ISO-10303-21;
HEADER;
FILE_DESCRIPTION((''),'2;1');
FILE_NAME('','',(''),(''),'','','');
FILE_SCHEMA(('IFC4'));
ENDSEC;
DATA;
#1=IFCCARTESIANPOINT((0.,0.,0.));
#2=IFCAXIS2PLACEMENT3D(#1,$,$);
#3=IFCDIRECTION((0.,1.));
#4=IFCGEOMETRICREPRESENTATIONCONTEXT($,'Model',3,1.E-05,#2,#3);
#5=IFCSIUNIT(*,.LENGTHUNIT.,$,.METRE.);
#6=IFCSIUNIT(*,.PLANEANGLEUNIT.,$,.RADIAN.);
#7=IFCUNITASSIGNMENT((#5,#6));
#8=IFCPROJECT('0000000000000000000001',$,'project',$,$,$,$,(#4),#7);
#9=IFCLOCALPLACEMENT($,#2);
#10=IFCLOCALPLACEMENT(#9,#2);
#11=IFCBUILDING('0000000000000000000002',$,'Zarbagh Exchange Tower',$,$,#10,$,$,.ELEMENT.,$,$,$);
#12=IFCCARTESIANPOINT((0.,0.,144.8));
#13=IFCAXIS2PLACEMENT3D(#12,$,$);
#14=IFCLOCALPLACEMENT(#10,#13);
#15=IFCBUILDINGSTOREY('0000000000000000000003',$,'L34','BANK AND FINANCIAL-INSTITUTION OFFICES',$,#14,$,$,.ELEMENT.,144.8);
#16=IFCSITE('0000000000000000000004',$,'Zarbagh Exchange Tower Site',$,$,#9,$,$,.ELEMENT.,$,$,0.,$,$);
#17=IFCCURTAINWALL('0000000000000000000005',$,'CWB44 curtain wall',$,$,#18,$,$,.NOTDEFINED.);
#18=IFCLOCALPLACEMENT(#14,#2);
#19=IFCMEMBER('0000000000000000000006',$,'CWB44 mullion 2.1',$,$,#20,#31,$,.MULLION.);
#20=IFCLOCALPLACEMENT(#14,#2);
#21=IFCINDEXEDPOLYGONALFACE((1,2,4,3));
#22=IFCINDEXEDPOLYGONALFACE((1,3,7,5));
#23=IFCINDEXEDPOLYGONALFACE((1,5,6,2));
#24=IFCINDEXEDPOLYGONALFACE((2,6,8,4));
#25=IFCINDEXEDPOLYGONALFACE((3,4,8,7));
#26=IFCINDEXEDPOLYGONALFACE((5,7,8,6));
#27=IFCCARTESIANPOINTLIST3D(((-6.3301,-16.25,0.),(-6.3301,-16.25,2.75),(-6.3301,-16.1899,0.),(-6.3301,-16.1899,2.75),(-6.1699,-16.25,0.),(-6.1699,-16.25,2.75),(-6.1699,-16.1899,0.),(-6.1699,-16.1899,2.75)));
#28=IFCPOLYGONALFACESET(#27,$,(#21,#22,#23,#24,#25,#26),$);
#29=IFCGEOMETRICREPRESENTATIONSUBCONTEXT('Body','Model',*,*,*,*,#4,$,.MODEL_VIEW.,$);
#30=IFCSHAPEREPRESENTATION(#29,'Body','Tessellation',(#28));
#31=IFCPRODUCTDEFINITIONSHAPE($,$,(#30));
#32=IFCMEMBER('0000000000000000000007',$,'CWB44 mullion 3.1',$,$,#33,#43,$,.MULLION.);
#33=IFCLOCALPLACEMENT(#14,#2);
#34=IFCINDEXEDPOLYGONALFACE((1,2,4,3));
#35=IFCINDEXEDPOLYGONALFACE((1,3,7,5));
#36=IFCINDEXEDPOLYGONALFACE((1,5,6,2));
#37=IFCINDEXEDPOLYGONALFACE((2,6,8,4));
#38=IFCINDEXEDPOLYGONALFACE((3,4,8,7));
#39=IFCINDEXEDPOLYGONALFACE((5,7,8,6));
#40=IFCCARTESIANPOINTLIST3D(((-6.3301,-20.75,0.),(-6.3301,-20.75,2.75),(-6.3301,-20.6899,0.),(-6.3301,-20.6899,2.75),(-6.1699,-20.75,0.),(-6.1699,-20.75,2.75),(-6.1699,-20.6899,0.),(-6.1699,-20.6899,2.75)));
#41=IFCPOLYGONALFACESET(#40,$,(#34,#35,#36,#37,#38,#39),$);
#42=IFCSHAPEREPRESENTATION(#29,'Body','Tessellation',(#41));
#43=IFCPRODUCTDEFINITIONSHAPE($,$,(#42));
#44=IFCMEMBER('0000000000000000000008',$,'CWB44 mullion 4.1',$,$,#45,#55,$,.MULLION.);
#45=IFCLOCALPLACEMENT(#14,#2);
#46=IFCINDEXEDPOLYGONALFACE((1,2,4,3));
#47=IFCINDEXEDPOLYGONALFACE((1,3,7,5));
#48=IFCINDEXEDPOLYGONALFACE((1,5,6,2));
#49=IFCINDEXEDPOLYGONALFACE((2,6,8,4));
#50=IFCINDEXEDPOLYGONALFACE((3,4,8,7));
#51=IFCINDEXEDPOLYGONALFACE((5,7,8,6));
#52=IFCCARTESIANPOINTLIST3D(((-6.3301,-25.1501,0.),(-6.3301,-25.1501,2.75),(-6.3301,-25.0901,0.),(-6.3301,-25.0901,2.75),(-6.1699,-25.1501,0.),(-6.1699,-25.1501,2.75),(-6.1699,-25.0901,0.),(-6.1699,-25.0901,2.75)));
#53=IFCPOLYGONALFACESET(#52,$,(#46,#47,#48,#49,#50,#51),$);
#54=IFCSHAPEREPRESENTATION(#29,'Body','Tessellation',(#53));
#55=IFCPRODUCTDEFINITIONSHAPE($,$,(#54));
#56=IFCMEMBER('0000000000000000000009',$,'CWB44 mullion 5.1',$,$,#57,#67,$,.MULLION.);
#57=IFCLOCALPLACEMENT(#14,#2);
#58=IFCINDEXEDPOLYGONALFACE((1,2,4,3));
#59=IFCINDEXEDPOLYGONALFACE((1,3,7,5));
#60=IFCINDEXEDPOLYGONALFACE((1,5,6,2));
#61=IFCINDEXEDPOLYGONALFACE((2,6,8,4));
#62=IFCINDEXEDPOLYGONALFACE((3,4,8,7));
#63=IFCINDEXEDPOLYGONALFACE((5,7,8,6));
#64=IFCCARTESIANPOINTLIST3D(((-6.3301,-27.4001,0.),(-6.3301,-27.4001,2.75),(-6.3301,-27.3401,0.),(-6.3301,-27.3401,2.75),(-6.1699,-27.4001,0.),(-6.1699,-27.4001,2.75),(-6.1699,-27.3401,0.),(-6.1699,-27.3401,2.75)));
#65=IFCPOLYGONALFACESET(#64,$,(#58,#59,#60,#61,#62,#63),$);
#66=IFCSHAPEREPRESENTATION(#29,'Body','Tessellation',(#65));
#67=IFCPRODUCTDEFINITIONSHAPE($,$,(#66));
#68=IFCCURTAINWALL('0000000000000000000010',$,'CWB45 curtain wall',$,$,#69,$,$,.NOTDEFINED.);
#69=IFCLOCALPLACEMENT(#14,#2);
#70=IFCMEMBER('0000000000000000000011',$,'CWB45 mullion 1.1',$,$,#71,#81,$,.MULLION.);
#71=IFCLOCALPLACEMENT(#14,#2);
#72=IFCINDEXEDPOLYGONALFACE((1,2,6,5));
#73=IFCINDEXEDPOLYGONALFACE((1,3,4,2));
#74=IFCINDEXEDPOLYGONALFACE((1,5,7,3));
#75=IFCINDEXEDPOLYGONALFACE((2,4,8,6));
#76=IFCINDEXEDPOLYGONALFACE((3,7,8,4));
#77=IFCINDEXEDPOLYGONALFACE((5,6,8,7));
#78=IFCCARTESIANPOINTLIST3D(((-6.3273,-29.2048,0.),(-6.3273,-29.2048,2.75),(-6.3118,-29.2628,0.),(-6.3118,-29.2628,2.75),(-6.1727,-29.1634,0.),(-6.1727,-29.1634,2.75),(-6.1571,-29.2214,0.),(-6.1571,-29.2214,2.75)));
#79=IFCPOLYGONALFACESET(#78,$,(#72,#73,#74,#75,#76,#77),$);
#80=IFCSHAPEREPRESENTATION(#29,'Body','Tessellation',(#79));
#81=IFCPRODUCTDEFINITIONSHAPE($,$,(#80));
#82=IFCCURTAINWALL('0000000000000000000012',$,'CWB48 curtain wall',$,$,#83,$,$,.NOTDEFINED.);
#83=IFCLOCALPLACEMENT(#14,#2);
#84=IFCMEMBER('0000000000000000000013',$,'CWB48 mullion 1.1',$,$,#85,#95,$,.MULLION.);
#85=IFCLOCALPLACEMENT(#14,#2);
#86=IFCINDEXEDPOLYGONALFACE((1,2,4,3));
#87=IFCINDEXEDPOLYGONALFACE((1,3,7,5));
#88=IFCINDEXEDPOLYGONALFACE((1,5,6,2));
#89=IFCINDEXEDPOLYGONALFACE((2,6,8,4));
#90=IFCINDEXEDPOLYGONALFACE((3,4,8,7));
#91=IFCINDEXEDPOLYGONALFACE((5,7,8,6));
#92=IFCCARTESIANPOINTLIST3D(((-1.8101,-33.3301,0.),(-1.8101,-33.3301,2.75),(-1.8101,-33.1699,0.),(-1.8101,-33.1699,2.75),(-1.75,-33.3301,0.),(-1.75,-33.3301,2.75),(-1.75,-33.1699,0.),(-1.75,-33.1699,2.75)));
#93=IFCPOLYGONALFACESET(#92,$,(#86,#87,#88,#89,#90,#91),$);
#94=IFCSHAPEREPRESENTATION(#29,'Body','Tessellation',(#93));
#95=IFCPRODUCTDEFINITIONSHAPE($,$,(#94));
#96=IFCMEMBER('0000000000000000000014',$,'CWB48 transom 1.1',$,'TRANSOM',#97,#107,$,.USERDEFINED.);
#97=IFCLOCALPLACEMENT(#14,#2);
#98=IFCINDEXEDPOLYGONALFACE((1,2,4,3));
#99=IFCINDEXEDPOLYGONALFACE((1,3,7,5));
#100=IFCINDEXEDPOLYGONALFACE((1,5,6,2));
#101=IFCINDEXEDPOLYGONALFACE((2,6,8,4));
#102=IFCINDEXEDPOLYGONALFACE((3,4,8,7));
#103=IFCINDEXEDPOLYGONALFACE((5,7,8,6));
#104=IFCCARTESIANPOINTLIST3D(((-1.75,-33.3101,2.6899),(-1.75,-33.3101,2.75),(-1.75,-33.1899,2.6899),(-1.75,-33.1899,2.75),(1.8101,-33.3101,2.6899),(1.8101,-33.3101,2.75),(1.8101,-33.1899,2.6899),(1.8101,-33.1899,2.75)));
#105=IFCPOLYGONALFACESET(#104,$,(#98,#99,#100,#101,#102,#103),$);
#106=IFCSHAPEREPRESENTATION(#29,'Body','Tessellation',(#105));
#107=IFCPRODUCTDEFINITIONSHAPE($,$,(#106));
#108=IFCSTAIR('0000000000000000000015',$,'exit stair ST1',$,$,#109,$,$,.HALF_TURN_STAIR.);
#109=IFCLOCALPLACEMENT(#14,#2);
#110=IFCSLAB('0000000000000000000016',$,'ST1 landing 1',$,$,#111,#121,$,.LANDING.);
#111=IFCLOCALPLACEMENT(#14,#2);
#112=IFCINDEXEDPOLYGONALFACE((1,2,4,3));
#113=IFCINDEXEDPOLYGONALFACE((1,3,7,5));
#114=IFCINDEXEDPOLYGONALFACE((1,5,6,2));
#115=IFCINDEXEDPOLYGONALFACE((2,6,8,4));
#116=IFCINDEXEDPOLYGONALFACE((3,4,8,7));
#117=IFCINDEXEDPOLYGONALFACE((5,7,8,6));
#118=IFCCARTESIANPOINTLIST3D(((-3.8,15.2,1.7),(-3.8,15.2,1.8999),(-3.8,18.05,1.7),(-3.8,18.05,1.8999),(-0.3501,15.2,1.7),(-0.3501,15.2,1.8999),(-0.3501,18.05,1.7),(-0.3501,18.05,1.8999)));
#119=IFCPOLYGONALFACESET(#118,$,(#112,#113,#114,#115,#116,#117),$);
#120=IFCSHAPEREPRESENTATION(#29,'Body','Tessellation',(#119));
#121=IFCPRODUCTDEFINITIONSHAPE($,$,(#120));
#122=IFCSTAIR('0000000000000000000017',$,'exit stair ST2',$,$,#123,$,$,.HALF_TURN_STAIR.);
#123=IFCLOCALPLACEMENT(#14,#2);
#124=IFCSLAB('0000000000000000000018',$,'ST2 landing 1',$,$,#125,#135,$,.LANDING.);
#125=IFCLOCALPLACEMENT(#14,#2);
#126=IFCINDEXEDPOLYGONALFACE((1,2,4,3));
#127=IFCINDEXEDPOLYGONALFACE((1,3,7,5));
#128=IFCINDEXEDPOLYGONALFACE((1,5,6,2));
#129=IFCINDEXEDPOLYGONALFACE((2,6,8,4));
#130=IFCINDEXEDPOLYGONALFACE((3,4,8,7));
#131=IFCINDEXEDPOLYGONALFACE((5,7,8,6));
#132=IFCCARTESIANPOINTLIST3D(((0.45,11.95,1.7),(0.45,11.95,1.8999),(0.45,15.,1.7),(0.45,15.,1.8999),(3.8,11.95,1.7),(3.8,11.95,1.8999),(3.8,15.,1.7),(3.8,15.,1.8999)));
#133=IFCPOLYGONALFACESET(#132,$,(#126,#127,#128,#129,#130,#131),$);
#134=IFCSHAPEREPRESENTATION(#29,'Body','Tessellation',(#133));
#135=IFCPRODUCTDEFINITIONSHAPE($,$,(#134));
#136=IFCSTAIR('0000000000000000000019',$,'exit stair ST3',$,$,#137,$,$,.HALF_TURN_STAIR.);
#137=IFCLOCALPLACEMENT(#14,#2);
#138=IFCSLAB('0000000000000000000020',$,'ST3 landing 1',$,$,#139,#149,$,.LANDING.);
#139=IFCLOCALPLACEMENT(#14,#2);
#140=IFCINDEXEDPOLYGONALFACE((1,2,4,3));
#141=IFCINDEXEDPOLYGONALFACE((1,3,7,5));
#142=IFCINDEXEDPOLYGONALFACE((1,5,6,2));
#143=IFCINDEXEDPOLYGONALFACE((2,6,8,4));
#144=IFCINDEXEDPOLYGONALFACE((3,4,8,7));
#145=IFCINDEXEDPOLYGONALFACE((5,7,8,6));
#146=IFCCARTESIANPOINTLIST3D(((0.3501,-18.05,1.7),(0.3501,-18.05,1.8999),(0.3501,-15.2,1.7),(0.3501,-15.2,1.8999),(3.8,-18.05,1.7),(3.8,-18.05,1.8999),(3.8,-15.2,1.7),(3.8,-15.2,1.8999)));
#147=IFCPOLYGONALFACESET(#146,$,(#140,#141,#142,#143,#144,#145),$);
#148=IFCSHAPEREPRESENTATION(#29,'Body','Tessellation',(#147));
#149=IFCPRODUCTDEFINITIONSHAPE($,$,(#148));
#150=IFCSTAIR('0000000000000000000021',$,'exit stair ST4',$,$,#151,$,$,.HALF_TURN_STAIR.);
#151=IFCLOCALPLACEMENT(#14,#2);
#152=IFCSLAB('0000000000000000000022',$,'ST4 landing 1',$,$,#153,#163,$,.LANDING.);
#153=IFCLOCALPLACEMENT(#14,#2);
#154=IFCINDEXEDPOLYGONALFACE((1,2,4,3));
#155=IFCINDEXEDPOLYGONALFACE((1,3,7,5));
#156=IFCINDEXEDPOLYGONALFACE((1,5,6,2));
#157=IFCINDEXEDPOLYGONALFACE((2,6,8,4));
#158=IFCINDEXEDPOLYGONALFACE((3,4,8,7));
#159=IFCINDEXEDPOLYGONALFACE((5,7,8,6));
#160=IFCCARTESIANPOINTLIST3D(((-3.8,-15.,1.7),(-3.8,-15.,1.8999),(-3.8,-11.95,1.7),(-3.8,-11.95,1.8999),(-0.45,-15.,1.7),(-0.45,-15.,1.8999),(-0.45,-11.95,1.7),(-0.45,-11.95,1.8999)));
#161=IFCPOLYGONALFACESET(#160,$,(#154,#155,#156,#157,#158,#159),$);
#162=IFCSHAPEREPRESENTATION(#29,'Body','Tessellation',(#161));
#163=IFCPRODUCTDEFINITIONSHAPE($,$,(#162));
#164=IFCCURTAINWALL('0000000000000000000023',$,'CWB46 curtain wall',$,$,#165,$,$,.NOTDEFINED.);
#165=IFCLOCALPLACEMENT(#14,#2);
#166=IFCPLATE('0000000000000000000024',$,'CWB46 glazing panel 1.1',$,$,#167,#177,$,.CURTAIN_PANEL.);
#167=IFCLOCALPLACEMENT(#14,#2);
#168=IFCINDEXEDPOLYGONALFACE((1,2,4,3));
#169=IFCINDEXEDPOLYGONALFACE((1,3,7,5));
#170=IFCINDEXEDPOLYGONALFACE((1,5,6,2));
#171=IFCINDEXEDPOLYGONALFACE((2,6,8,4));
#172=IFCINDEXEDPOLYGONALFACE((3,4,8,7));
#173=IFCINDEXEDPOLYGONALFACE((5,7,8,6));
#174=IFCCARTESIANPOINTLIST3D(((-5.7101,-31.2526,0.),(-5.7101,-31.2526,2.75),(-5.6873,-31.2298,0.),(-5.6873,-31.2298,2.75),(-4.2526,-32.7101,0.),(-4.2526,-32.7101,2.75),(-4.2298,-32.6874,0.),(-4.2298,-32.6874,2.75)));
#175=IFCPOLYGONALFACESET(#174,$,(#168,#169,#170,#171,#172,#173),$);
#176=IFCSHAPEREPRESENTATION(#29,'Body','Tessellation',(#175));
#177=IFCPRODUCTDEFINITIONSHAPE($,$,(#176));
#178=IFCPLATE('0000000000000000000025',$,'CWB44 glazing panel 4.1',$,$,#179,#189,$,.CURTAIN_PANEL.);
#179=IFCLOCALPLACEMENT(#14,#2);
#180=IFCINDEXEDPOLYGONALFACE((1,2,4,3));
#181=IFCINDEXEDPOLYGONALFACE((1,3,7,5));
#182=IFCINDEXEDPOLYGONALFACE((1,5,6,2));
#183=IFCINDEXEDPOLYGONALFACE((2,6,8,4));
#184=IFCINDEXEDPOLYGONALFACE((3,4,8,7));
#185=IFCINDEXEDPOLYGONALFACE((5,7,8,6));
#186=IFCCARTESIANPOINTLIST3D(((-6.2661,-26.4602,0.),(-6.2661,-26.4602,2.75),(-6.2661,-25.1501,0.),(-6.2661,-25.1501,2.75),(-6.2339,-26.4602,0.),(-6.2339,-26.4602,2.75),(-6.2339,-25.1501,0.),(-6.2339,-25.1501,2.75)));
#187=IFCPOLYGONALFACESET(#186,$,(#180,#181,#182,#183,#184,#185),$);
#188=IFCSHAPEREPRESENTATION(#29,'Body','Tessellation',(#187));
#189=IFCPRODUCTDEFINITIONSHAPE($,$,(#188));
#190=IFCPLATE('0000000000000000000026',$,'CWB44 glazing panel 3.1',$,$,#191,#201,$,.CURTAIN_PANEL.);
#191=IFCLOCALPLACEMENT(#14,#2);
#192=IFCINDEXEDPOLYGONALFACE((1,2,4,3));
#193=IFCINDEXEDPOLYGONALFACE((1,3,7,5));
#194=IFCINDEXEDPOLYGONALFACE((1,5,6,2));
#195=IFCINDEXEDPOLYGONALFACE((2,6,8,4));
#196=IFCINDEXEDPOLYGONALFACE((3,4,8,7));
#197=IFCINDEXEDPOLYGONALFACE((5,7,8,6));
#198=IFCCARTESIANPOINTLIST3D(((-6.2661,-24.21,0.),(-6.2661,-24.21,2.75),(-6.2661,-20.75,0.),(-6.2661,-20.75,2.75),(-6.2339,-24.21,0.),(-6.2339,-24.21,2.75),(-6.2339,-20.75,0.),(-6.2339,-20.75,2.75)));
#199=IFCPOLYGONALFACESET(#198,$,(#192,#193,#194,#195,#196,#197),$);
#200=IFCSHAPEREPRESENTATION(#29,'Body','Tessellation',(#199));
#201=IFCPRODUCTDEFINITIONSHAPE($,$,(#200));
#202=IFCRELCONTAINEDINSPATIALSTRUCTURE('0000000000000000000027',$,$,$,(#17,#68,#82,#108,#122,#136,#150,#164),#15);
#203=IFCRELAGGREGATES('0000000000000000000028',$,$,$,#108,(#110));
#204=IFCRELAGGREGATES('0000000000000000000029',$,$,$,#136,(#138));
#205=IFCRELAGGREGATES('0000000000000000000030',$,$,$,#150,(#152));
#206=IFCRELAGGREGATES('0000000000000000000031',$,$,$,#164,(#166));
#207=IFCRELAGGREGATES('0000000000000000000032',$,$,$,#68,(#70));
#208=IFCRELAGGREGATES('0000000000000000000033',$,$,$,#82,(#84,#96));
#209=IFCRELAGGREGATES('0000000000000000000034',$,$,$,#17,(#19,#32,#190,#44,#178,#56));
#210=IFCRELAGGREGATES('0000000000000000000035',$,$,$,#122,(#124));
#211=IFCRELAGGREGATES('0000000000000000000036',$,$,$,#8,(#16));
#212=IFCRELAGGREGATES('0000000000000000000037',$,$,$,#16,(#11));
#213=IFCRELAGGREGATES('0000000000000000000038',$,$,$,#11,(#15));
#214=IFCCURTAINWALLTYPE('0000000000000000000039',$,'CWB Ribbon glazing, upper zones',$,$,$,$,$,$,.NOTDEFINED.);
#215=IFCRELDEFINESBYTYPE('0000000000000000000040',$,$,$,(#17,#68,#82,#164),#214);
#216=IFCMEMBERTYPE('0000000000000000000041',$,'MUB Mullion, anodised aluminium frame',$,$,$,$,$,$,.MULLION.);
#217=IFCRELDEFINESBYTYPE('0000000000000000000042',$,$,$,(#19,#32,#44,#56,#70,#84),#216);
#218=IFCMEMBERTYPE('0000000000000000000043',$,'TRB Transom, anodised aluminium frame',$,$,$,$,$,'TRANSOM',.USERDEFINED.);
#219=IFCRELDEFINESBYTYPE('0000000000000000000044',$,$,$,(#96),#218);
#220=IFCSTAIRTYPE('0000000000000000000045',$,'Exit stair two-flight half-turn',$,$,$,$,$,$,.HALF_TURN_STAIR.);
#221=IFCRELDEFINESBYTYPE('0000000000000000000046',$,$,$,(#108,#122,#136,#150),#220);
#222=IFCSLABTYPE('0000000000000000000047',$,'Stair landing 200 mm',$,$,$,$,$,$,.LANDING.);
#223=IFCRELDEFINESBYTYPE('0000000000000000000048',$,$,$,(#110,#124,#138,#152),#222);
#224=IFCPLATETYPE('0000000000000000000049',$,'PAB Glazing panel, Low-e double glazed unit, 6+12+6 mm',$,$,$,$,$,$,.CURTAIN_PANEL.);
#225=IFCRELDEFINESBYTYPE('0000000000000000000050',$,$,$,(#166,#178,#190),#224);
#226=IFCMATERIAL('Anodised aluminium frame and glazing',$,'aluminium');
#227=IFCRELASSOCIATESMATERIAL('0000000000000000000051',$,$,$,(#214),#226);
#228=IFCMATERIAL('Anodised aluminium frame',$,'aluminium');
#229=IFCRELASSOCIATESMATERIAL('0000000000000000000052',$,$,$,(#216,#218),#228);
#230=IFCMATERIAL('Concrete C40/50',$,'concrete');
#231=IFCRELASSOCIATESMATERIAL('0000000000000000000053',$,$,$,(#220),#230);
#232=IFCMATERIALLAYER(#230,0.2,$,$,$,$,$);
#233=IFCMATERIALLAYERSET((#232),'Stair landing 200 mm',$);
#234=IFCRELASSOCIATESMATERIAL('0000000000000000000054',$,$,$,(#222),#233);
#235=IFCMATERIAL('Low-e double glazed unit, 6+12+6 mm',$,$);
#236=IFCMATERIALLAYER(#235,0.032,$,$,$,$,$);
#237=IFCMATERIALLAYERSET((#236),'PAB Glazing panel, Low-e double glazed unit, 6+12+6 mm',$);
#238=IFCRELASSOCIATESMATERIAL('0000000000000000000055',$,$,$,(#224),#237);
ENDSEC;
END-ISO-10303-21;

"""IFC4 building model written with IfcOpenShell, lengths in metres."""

from ifc_helpers import new_model, si_unit, direction, frame, origin, place, context, subcontext, project, spatial, polyline, outline, extrude, source, transform, mapped, material, layer, layer_set, type_object, element, aggregate, save


model = new_model("IFC4")

# Units and contexts
model_context = context("Model", 3, precision=1e-05, world=origin(), true_north=direction((0.0, 1.0)))
body_context = subcontext(model_context, "Body", "Model", "MODEL_VIEW")
ifc_project = project(units=[si_unit("LENGTHUNIT", "METRE"), si_unit("PLANEANGLEUNIT", "RADIAN")], contexts=[model_context])

# Site, building, storey
site_placement = place(None, origin())
site = spatial("IfcSite", under=ifc_project, at=site_placement, Name="Zarbagh Exchange Tower Site", CompositionType="ELEMENT", RefElevation=0.0)
building_placement = place(site_placement, origin())
building = spatial("IfcBuilding", under=site, at=building_placement, Name="Zarbagh Exchange Tower", CompositionType="ELEMENT")
storey_placement = place(building_placement, frame((0.0, 0.0, 144.8)))
storey = spatial("IfcBuildingStorey", under=building, at=storey_placement, Name="L34", Description="BANK AND FINANCIAL-INSTITUTION OFFICES", CompositionType="ELEMENT", Elevation=144.8)

# Curtain wall, members
ifc_material_1 = material(Name="Anodised aluminium frame and glazing", Category="aluminium")
curtain_wall_type = type_object("IfcCurtainWallType", Name="CWB Ribbon glazing, upper zones", PredefinedType="NOTDEFINED", material=ifc_material_1)
curtain_wall_1_placement = place(storey_placement, origin())
curtain_wall_1 = element("IfcCurtainWall", 1, at=curtain_wall_1_placement, inside=storey, type_object=curtain_wall_type, Name="CWB44 curtain wall", PredefinedType="NOTDEFINED")
ifc_material_2 = material(Name="Anodised aluminium frame", Category="aluminium")
member_type_1 = type_object("IfcMemberType", Name="MUB Mullion, anodised aluminium frame", PredefinedType="MULLION", material=ifc_material_2)
shared_shape_1 = source(origin(), body_context, "Body", "SweptSolid", [
    extrude(outline(polyline([(0.0, -0.0801), (0.0601, -0.0801), (0.0601, 0.0801), (0.0, 0.0801), (0.0, -0.0801)])), origin(), (0.0, 0.0, 1.0), 2.75),
])
placement = place(storey_placement, origin())
member_1 = element("IfcMember", 2, at=placement, type_object=member_type_1, Name="CWB44 mullion 2.1", PredefinedType="MULLION", context=body_context, shape_type="MappedRepresentation", body=[
    mapped(shared_shape_1, transform((-6.25, -16.1899, 0.0), x_axis=(0.0, -1.0, 0.0), y_axis=(1.0, 0.0, 0.0), z_axis=(0.0, 0.0, 1.0))),
])
member_2 = element("IfcMember", 3, at=placement, type_object=member_type_1, Name="CWB44 mullion 3.1", PredefinedType="MULLION", context=body_context, shape_type="MappedRepresentation", body=[
    mapped(shared_shape_1, transform((-6.25, -20.6899, 0.0), x_axis=(0.0, -1.0, 0.0), y_axis=(1.0, 0.0, 0.0), z_axis=(0.0, 0.0, 1.0))),
])
member_3 = element("IfcMember", 4, at=placement, type_object=member_type_1, Name="CWB44 mullion 4.1", PredefinedType="MULLION", context=body_context, shape_type="MappedRepresentation", body=[
    mapped(shared_shape_1, transform((-6.25, -25.0901, 0.0), x_axis=(0.0, -1.0, 0.0), y_axis=(1.0, 0.0, 0.0), z_axis=(0.0, 0.0, 1.0))),
])
member_4 = element("IfcMember", 5, at=placement, type_object=member_type_1, Name="CWB44 mullion 5.1", PredefinedType="MULLION", context=body_context, shape_type="MappedRepresentation", body=[
    mapped(shared_shape_1, transform((-6.25, -27.3401, 0.0), x_axis=(0.0, -1.0, 0.0), y_axis=(1.0, 0.0, 0.0), z_axis=(0.0, 0.0, 1.0))),
])

# Curtain wall, member
curtain_wall_2_placement = place(storey_placement, origin())
curtain_wall_2 = element("IfcCurtainWall", 6, at=curtain_wall_2_placement, inside=storey, type_object=curtain_wall_type, Name="CWB45 curtain wall", PredefinedType="NOTDEFINED")
member_5 = element("IfcMember", 7, at=placement, type_object=member_type_1, Name="CWB45 mullion 1.1", PredefinedType="MULLION", context=body_context, shape_type="MappedRepresentation", body=[
    mapped(shared_shape_1, transform((-6.25, -29.1841, 0.0), x_axis=(0.258825, -0.965924, 0.0), y_axis=(0.965924, 0.258825, 0.0), z_axis=(0.0, 0.0, 1.0))),
])

# Curtain wall, members
curtain_wall_3_placement = place(storey_placement, origin())
curtain_wall_3 = element("IfcCurtainWall", 8, at=curtain_wall_3_placement, inside=storey, type_object=curtain_wall_type, Name="CWB48 curtain wall", PredefinedType="NOTDEFINED")
member_6 = element("IfcMember", 9, at=placement, type_object=member_type_1, Name="CWB48 mullion 1.1", PredefinedType="MULLION", context=body_context, shape_type="MappedRepresentation", body=[
    mapped(shared_shape_1, transform((-1.8101, -33.25, 0.0), x_axis=(1.0, 0.0, 0.0), y_axis=(0.0, 1.0, 0.0), z_axis=(0.0, 0.0, 1.0))),
])
member_type_2 = type_object("IfcMemberType", Name="TRB Transom, anodised aluminium frame", ElementType="TRANSOM", PredefinedType="USERDEFINED", material=ifc_material_2)
shared_shape_2 = source(origin(), body_context, "Body", "SweptSolid", [
    extrude(outline(polyline([(-0.0601, -0.0601), (0.0, -0.0601), (0.0, 0.0601), (-0.0601, 0.0601), (-0.0601, -0.0601)])), origin(), (0.0, 0.0, 1.0), 3.5601),
])
member_7 = element("IfcMember", 10, at=placement, type_object=member_type_2, Name="CWB48 transom 1.1", ObjectType="TRANSOM", PredefinedType="USERDEFINED", context=body_context, shape_type="MappedRepresentation", body=[
    mapped(shared_shape_2, transform((-1.75, -33.25, 2.75), x_axis=(0.0, 0.0, 1.0), y_axis=(0.0, -1.0, 0.0), z_axis=(1.0, 0.0, 0.0))),
])

# Stairs, slabs
ifc_material_3 = material(Name="Concrete C40/50", Category="concrete")
stair_type = type_object("IfcStairType", Name="Exit stair two-flight half-turn", PredefinedType="HALF_TURN_STAIR", material=ifc_material_3)
stair_1_placement = place(storey_placement, origin())
stair_1 = element("IfcStair", 11, at=stair_1_placement, inside=storey, type_object=stair_type, Name="exit stair ST1", PredefinedType="HALF_TURN_STAIR")
ifc_layer_1 = layer(ifc_material_3, 0.2)
ifc_layer_set_1 = layer_set([ifc_layer_1], Name="Stair landing 200 mm")
slab_type = type_object("IfcSlabType", Name="Stair landing 200 mm", PredefinedType="LANDING", material=ifc_layer_set_1)
slab_1_placement = place(storey_placement, frame((0.0, 0.0, 1.7)))
slab_1 = element("IfcSlab", 12, at=slab_1_placement, type_object=slab_type, Name="ST1 landing 1", PredefinedType="LANDING", context=body_context, shape_type="SweptSolid", body=[
    extrude(outline(polyline([(-0.3501, 18.05), (-3.8, 18.05), (-3.8, 15.2), (-0.3501, 15.2), (-0.3501, 18.05)])), origin(), (0.0, 0.0, 1.0), 0.2),
])
aggregate(stair_1, [slab_1])
stair_2_placement = place(storey_placement, origin())
stair_2 = element("IfcStair", 13, at=stair_2_placement, inside=storey, type_object=stair_type, Name="exit stair ST2", PredefinedType="HALF_TURN_STAIR")
slab_2_placement = place(storey_placement, frame((0.0, 0.0, 1.7)))
slab_2 = element("IfcSlab", 14, at=slab_2_placement, type_object=slab_type, Name="ST2 landing 1", PredefinedType="LANDING", context=body_context, shape_type="SweptSolid", body=[
    extrude(outline(polyline([(0.45, 11.95), (3.8, 11.95), (3.8, 15.0), (0.45, 15.0), (0.45, 11.95)])), origin(), (0.0, 0.0, 1.0), 0.2),
])
stair_3_placement = place(storey_placement, origin())
stair_3 = element("IfcStair", 15, at=stair_3_placement, inside=storey, type_object=stair_type, Name="exit stair ST3", PredefinedType="HALF_TURN_STAIR")
slab_3_placement = place(storey_placement, frame((0.0, 0.0, 1.7)))
slab_3 = element("IfcSlab", 16, at=slab_3_placement, type_object=slab_type, Name="ST3 landing 1", PredefinedType="LANDING", context=body_context, shape_type="SweptSolid", body=[
    extrude(outline(polyline([(0.3501, -18.05), (3.8, -18.05), (3.8, -15.2), (0.3501, -15.2), (0.3501, -18.05)])), origin(), (0.0, 0.0, 1.0), 0.2),
])
aggregate(stair_3, [slab_3])
stair_4_placement = place(storey_placement, origin())
stair_4 = element("IfcStair", 17, at=stair_4_placement, inside=storey, type_object=stair_type, Name="exit stair ST4", PredefinedType="HALF_TURN_STAIR")
slab_4_placement = place(storey_placement, frame((0.0, 0.0, 1.7)))
slab_4 = element("IfcSlab", 18, at=slab_4_placement, type_object=slab_type, Name="ST4 landing 1", PredefinedType="LANDING", context=body_context, shape_type="SweptSolid", body=[
    extrude(outline(polyline([(-0.45, -11.95), (-3.8, -11.95), (-3.8, -15.0), (-0.45, -15.0), (-0.45, -11.95)])), origin(), (0.0, 0.0, 1.0), 0.2),
])
aggregate(stair_4, [slab_4])

# Curtain wall, plate
curtain_wall_4_placement = place(storey_placement, origin())
curtain_wall_4 = element("IfcCurtainWall", 19, at=curtain_wall_4_placement, inside=storey, type_object=curtain_wall_type, Name="CWB46 curtain wall", PredefinedType="NOTDEFINED")
ifc_material_4 = material(Name="Low-e double glazed unit, 6+12+6 mm")
ifc_layer_2 = layer(ifc_material_4, 0.032)
ifc_layer_set_2 = layer_set([ifc_layer_2], Name="PAB Glazing panel, Low-e double glazed unit, 6+12+6 mm")
plate_type = type_object("IfcPlateType", Name="PAB Glazing panel, Low-e double glazed unit, 6+12+6 mm", PredefinedType="CURTAIN_PANEL", material=ifc_layer_set_2)
shared_shape_3 = source(origin(), body_context, "Body", "SweptSolid", [
    extrude(outline(polyline([(0.0, -0.0161), (2.0613, -0.0161), (2.0613, 0.0161), (0.0, 0.0161), (0.0, -0.0161)])), origin(), (0.0, 0.0, 1.0), 2.75),
])
plate_1 = element("IfcPlate", 20, at=placement, type_object=plate_type, Name="CWB46 glazing panel 1.1", PredefinedType="CURTAIN_PANEL", context=body_context, shape_type="MappedRepresentation", body=[
    mapped(shared_shape_3, transform((-5.6987, -31.2412, 0.0), x_axis=(0.707107, -0.707107, 0.0), y_axis=(0.707107, 0.707107, 0.0), z_axis=(0.0, 0.0, 1.0))),
])
aggregate(curtain_wall_4, [plate_1])

# Plates
shared_shape_4 = source(origin(), body_context, "Body", "SweptSolid", [
    extrude(outline(polyline([(0.0, -0.0161), (1.3101, -0.0161), (1.3101, 0.0161), (0.0, 0.0161), (0.0, -0.0161)])), origin(), (0.0, 0.0, 1.0), 2.75),
])
plate_2 = element("IfcPlate", 21, at=placement, type_object=plate_type, Name="CWB44 glazing panel 4.1", PredefinedType="CURTAIN_PANEL", context=body_context, shape_type="MappedRepresentation", body=[
    mapped(shared_shape_4, transform((-6.25, -25.1501, 0.0), x_axis=(0.0, -1.0, 0.0), y_axis=(1.0, 0.0, 0.0), z_axis=(0.0, 0.0, 1.0))),
])
shared_shape_5 = source(origin(), body_context, "Body", "SweptSolid", [
    extrude(outline(polyline([(0.0, -0.0161), (3.46, -0.0161), (3.46, 0.0161), (0.0, 0.0161), (0.0, -0.0161)])), origin(), (0.0, 0.0, 1.0), 2.75),
])
plate_3 = element("IfcPlate", 22, at=placement, type_object=plate_type, Name="CWB44 glazing panel 3.1", PredefinedType="CURTAIN_PANEL", context=body_context, shape_type="MappedRepresentation", body=[
    mapped(shared_shape_5, transform((-6.25, -20.75, 0.0), x_axis=(0.0, -1.0, 0.0), y_axis=(1.0, 0.0, 0.0), z_axis=(0.0, 0.0, 1.0))),
])
aggregate(curtain_wall_2, [member_5])

aggregate(curtain_wall_3, [member_6, member_7])
aggregate(curtain_wall_1, [member_1, member_2, plate_3, member_3, plate_2, member_4])

aggregate(stair_2, [slab_2])

save(model, "model.ifc")
